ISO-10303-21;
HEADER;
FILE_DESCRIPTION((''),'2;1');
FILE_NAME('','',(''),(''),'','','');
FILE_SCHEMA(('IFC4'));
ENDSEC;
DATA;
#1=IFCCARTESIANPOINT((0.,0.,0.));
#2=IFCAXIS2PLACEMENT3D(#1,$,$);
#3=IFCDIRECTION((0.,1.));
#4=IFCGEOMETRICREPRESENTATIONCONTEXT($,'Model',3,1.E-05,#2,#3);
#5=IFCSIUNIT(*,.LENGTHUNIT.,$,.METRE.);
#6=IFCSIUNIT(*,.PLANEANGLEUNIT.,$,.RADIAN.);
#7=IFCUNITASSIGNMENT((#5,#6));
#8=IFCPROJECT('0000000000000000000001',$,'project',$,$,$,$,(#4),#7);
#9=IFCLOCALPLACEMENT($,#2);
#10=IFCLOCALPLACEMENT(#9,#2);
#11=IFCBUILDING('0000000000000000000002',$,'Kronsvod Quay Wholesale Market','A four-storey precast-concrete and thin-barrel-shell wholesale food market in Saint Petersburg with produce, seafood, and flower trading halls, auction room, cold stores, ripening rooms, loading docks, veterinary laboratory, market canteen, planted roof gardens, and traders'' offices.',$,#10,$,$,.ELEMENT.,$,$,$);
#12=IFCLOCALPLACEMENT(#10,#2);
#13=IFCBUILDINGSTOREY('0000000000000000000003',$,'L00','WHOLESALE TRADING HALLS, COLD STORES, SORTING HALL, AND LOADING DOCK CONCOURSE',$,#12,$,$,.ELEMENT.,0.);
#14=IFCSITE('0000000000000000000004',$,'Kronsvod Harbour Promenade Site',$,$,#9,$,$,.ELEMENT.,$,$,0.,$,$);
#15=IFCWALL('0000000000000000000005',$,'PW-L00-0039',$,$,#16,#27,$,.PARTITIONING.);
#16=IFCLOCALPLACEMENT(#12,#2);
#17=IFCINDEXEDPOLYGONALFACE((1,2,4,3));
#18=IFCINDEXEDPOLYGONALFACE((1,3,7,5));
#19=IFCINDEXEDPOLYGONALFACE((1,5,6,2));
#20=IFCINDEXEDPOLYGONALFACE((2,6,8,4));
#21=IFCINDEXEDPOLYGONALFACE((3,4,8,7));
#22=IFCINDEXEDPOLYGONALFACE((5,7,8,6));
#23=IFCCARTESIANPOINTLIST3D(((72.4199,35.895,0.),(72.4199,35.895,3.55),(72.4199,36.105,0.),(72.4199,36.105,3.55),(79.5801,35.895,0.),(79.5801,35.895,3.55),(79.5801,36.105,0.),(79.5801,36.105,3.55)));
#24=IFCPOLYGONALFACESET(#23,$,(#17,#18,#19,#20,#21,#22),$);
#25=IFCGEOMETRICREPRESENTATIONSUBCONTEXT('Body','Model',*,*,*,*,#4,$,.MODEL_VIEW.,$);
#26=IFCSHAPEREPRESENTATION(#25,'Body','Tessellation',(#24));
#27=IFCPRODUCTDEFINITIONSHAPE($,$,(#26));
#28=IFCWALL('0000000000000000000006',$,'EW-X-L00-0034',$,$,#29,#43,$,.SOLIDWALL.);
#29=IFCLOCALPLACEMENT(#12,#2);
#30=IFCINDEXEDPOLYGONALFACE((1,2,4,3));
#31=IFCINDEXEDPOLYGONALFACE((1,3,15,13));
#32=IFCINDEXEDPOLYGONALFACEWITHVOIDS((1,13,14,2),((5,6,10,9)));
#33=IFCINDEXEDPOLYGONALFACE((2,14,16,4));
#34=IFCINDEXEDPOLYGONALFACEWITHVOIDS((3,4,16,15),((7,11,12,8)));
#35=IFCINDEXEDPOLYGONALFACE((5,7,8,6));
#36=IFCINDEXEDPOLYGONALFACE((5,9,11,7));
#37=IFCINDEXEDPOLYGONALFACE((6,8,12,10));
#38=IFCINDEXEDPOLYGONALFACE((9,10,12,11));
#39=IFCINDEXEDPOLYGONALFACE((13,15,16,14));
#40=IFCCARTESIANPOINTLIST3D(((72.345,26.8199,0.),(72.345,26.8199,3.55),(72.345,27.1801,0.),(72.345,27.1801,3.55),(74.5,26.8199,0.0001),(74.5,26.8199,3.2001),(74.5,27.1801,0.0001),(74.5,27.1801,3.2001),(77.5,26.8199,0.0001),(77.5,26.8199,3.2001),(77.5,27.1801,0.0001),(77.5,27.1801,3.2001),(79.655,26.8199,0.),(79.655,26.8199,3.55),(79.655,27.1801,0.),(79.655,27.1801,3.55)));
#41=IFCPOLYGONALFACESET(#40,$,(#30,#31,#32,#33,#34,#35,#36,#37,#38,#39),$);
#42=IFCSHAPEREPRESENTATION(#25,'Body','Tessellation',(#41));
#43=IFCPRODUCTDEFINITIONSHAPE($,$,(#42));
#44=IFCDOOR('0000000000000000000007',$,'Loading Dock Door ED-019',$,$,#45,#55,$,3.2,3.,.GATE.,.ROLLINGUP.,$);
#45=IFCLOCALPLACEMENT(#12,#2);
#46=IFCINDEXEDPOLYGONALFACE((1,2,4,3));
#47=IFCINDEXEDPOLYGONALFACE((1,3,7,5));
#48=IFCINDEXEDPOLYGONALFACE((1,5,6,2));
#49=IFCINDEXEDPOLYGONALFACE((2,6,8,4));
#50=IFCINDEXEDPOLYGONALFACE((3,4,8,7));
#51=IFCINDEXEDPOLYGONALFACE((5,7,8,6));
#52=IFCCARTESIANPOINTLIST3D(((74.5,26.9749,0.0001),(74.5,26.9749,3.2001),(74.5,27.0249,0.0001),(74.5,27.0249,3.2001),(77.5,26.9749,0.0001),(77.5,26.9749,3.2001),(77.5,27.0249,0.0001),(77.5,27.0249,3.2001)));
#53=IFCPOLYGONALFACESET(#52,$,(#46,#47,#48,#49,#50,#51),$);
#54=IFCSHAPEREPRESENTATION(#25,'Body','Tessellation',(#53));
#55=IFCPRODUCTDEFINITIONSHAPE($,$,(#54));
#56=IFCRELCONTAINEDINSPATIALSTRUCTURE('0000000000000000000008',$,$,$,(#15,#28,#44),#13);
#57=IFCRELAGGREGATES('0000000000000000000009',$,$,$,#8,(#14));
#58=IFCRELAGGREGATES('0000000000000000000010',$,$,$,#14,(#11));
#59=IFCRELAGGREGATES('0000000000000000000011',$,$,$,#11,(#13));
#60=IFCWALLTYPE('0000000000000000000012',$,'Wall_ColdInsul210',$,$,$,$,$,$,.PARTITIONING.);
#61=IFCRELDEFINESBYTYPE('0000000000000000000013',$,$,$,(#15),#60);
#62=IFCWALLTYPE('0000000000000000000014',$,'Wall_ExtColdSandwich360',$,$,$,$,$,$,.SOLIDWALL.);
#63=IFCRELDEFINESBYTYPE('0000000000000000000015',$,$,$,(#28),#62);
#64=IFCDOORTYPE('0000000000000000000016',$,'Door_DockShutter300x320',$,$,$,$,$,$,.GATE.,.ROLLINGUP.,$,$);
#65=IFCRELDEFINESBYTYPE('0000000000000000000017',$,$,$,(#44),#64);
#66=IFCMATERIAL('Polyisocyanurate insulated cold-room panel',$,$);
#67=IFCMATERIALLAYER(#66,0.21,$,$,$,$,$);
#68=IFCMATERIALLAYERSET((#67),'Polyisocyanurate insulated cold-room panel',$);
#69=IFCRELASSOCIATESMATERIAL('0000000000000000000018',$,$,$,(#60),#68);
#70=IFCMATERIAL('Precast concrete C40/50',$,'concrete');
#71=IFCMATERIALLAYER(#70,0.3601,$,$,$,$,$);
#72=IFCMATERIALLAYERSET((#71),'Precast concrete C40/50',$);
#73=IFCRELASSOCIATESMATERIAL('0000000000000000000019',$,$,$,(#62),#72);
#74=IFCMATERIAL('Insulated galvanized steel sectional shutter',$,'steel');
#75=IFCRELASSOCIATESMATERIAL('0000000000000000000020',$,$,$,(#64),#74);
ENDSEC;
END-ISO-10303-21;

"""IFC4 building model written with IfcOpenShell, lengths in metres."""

from ifc_helpers import new_model, si_unit, direction, frame, frame_2d, origin, place, context, subcontext, project, spatial, rectangle, extrude, material, layer, layer_set, type_object, element, fill, save


model = new_model("IFC4")

# Units and contexts
model_context = context("Model", 3, precision=1e-05, world=origin(), true_north=direction((0.0, 1.0)))
body_context = subcontext(model_context, "Body", "Model", "MODEL_VIEW")
ifc_project = project(units=[si_unit("LENGTHUNIT", "METRE"), si_unit("PLANEANGLEUNIT", "RADIAN")], contexts=[model_context])

# Site, building, storey
site_placement = place(None, origin())
site = spatial("IfcSite", under=ifc_project, at=site_placement, Name="Kronsvod Harbour Promenade Site", CompositionType="ELEMENT", RefElevation=0.0)
building_placement = place(site_placement, origin())
building = spatial("IfcBuilding", under=site, at=building_placement, Name="Kronsvod Quay Wholesale Market", Description="A four-storey precast-concrete and thin-barrel-shell wholesale food market in Saint Petersburg with produce, seafood, and flower trading halls, auction room, cold stores, ripening rooms, loading docks, veterinary laboratory, market canteen, planted roof gardens, and traders' offices.", CompositionType="ELEMENT")
storey_placement = place(building_placement, origin())
storey = spatial("IfcBuildingStorey", under=building, at=storey_placement, Name="L00", Description="WHOLESALE TRADING HALLS, COLD STORES, SORTING HALL, AND LOADING DOCK CONCOURSE", CompositionType="ELEMENT", Elevation=0.0)

# Wall
ifc_material_1 = material(Name="Polyisocyanurate insulated cold-room panel")
ifc_layer_1 = layer(ifc_material_1, 0.21)
ifc_layer_set_1 = layer_set([ifc_layer_1], Name="Polyisocyanurate insulated cold-room panel")
wall_type_1 = type_object("IfcWallType", Name="Wall_ColdInsul210", PredefinedType="PARTITIONING", material=ifc_layer_set_1)
wall_1_placement = place(storey_placement, frame((72.4199, 36.0, 0.0), z_axis=(0.0, 0.0, 1.0), x_axis=(1.0, 0.0, 0.0)))
element("IfcWall", 1, at=wall_1_placement, inside=storey, type_object=wall_type_1, Name="PW-L00-0039", PredefinedType="PARTITIONING", context=body_context, shape_type="SweptSolid", body=[
    extrude(rectangle(XDim=7.1602, YDim=0.21, at=frame_2d((3.5801, 0.0))), origin(), (0.0, 0.0, 1.0), 3.55),
])

# Wall, opening, door
ifc_material_2 = material(Name="Precast concrete C40/50", Category="concrete")
ifc_layer_2 = layer(ifc_material_2, 0.3601)
ifc_layer_set_2 = layer_set([ifc_layer_2], Name="Precast concrete C40/50")
wall_type_2 = type_object("IfcWallType", Name="Wall_ExtColdSandwich360", PredefinedType="SOLIDWALL", material=ifc_layer_set_2)
wall_2_placement = place(storey_placement, frame((72.345, 27.0, 0.0), z_axis=(0.0, 0.0, 1.0), x_axis=(1.0, 0.0, 0.0)))
wall_2 = element("IfcWall", 2, at=wall_2_placement, inside=storey, type_object=wall_type_2, Name="EW-X-L00-0034", PredefinedType="SOLIDWALL", context=body_context, shape_type="SweptSolid", body=[
    extrude(rectangle(XDim=7.3101, YDim=0.3601, at=frame_2d((3.655, 0.0))), origin(), (0.0, 0.0, 1.0), 3.55),
])
opening_placement = place(wall_2_placement, frame((2.155, 0.0, 0.0)))
opening = element("IfcOpeningElement", 3, at=opening_placement, cuts=wall_2, PredefinedType="OPENING", context=body_context, shape_type="SweptSolid", body=[
    extrude(rectangle(XDim=3.0, YDim=3.2, at=frame_2d((1.5, 1.6001))), frame((0.0, 0.1899, 0.0), z_axis=(0.0, -1.0, 0.0), x_axis=(1.0, 0.0, 0.0)), (0.0, 0.0, 1.0), 0.3801),
])
ifc_material_3 = material(Name="Insulated galvanized steel sectional shutter", Category="steel")
door_type = type_object("IfcDoorType", Name="Door_DockShutter300x320", OperationType="ROLLINGUP", PredefinedType="GATE", material=ifc_material_3)
door_placement = place(opening_placement, origin())
door = element("IfcDoor", 4, at=door_placement, inside=storey, type_object=door_type, Name="Loading Dock Door ED-019", OperationType="ROLLINGUP", OverallHeight=3.2, OverallWidth=3.0, PredefinedType="GATE", context=body_context, shape_type="SweptSolid", body=[
    extrude(rectangle(XDim=3.0, YDim=3.2, at=frame_2d((1.5, 1.6001))), frame((0.0, 0.0249, 0.0), z_axis=(0.0, -1.0, 0.0), x_axis=(1.0, 0.0, 0.0)), (0.0, 0.0, 1.0), 0.05),
])
fill(opening, door)

save(model, "model.ifc")
